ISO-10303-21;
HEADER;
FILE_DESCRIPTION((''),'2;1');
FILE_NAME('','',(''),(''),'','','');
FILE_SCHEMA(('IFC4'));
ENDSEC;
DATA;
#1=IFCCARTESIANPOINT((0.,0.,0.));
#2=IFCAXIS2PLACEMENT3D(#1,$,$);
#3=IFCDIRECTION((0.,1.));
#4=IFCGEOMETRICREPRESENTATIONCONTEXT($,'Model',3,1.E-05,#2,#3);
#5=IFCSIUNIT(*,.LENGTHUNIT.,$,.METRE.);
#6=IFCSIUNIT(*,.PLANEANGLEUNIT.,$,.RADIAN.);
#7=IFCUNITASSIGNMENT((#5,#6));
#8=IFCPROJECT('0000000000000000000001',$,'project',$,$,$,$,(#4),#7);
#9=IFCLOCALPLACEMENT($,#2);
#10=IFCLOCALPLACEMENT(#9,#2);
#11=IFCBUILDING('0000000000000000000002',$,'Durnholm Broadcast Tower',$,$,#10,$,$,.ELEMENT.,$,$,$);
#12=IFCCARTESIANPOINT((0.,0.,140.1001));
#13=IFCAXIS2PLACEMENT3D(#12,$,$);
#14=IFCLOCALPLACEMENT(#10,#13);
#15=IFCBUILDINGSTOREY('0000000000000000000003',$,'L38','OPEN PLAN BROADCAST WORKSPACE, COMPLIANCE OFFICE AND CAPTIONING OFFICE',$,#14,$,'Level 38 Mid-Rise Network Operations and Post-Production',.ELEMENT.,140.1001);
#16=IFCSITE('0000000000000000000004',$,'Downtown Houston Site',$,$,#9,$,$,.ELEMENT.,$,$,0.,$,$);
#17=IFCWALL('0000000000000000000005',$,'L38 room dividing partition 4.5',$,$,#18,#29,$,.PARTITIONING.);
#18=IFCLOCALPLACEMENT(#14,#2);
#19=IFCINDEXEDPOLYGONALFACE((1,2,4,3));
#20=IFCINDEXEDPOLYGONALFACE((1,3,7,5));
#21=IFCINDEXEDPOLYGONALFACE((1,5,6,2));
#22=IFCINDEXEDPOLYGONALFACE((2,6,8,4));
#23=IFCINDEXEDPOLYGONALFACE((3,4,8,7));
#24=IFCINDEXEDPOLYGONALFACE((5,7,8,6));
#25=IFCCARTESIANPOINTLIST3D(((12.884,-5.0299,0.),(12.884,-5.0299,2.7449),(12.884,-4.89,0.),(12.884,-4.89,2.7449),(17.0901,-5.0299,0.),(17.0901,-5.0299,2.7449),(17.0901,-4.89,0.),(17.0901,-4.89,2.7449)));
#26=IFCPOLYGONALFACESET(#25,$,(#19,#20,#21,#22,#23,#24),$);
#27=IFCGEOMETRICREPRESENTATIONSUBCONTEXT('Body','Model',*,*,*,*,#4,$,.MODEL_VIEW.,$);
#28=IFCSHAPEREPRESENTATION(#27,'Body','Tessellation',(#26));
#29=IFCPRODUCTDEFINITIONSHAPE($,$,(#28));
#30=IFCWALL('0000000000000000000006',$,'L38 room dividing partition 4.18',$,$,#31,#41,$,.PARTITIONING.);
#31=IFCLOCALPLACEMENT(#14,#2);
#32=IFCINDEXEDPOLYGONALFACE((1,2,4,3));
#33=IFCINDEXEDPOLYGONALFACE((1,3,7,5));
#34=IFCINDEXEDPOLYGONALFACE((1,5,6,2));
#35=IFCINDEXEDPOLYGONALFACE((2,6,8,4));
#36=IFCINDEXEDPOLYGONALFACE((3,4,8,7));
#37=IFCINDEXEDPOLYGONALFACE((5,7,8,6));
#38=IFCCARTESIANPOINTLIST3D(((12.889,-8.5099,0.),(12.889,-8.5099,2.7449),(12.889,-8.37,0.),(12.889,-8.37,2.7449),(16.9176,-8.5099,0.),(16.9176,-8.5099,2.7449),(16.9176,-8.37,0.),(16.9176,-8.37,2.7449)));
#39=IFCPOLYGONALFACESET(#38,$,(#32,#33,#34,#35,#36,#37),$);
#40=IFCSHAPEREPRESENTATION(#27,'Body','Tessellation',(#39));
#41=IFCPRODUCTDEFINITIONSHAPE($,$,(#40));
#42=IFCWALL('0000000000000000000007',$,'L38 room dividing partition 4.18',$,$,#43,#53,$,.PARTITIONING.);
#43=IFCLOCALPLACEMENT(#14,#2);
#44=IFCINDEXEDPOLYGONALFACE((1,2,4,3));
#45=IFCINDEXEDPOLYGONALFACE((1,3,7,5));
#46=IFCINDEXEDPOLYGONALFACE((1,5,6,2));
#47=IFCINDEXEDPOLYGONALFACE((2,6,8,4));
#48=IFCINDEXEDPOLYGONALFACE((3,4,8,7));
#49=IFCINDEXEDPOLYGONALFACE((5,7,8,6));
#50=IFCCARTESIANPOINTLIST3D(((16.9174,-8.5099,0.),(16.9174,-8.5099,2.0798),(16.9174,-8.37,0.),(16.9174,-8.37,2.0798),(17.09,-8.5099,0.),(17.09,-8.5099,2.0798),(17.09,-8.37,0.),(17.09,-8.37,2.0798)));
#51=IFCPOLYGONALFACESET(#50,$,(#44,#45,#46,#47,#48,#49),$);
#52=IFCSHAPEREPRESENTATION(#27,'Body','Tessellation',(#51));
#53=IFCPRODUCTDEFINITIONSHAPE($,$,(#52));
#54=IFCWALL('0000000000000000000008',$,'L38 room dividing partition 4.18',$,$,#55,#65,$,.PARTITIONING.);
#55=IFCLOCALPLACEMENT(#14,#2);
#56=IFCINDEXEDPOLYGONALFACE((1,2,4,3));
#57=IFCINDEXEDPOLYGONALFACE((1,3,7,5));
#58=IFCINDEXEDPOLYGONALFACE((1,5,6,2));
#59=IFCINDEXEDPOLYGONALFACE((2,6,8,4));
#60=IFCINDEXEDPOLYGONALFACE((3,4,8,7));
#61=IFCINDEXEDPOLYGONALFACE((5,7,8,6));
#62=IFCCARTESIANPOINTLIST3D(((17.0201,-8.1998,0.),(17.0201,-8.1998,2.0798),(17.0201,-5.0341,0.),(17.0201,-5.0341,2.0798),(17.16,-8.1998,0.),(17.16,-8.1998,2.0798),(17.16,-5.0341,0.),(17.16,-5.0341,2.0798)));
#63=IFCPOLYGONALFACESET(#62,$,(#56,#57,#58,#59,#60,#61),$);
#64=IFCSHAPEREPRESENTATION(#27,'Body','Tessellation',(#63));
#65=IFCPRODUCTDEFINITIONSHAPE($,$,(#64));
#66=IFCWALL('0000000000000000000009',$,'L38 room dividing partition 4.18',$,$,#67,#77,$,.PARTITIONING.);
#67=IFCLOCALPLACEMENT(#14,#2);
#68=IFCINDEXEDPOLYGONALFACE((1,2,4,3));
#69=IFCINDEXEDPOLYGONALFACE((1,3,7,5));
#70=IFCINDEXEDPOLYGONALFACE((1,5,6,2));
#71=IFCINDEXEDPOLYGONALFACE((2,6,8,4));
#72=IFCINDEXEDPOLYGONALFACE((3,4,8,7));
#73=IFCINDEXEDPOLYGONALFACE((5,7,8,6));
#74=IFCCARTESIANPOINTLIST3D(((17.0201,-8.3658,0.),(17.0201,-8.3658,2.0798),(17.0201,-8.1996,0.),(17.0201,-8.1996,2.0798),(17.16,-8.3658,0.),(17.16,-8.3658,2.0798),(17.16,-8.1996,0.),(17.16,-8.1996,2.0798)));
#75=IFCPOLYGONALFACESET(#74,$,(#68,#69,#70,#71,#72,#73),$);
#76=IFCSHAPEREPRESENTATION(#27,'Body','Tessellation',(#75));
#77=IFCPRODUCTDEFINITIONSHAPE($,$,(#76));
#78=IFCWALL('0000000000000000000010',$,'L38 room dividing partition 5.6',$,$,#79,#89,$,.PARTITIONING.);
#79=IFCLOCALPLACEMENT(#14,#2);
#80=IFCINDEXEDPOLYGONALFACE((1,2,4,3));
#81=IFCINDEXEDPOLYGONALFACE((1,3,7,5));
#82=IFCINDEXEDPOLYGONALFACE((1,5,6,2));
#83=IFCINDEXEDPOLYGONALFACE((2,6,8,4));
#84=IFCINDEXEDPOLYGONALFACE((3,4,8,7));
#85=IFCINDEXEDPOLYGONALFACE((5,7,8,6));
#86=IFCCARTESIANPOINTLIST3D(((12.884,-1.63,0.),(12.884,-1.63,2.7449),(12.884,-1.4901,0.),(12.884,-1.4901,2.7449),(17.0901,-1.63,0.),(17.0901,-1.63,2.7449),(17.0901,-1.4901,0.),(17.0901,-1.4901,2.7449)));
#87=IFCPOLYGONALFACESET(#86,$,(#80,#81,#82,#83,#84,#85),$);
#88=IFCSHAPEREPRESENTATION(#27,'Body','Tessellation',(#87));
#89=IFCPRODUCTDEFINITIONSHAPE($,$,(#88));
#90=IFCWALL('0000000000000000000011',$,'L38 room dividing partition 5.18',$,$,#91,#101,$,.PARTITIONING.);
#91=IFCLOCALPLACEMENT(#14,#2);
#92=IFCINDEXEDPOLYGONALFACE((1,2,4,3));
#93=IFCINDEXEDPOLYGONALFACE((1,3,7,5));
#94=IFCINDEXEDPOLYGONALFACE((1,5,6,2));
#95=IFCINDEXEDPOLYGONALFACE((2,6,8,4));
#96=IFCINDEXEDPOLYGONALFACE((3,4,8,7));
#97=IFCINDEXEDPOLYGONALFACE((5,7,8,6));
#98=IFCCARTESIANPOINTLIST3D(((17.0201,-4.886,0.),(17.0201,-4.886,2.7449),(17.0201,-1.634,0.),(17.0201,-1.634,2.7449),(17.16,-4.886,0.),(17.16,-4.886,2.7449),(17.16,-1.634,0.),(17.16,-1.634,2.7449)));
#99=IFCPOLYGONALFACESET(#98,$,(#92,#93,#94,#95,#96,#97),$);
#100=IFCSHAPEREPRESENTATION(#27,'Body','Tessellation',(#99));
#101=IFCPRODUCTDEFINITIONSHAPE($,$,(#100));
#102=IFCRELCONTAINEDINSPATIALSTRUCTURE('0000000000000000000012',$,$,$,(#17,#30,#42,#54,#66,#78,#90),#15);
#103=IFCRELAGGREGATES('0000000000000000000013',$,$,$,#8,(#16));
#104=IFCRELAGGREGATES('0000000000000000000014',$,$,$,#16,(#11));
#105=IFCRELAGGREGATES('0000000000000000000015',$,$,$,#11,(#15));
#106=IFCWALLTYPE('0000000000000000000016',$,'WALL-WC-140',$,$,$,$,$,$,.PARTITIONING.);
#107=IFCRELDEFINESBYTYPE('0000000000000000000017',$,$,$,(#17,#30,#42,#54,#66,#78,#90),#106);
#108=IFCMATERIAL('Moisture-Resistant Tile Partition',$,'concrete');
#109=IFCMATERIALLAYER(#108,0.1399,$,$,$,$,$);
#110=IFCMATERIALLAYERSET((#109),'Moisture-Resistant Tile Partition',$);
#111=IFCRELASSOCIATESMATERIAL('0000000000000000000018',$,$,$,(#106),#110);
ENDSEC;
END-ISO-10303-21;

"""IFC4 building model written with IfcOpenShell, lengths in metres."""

from ifc_helpers import new_model, si_unit, direction, frame, frame_2d, origin, place, context, subcontext, project, spatial, rectangle, extrude, material, layer, layer_set, type_object, element, save


model = new_model("IFC4")

# Units and contexts
model_context = context("Model", 3, precision=1e-05, world=origin(), true_north=direction((0.0, 1.0)))
body_context = subcontext(model_context, "Body", "Model", "MODEL_VIEW")
ifc_project = project(units=[si_unit("LENGTHUNIT", "METRE"), si_unit("PLANEANGLEUNIT", "RADIAN")], contexts=[model_context])

# Site, building, storey
site_placement = place(None, origin())
site = spatial("IfcSite", under=ifc_project, at=site_placement, Name="Downtown Houston Site", CompositionType="ELEMENT", RefElevation=0.0)
building_placement = place(site_placement, origin())
building = spatial("IfcBuilding", under=site, at=building_placement, Name="Durnholm Broadcast Tower", CompositionType="ELEMENT")
storey_placement = place(building_placement, frame((0.0, 0.0, 140.1001)))
storey = spatial("IfcBuildingStorey", under=building, at=storey_placement, Name="L38", Description="OPEN PLAN BROADCAST WORKSPACE, COMPLIANCE OFFICE AND CAPTIONING OFFICE", LongName="Level 38 Mid-Rise Network Operations and Post-Production", CompositionType="ELEMENT", Elevation=140.1001)

# Shared definitions
ifc_material_1 = material(Name="Moisture-Resistant Tile Partition", Category="concrete")
ifc_layer_1 = layer(ifc_material_1, 0.1399)
ifc_layer_set_1 = layer_set([ifc_layer_1], Name="Moisture-Resistant Tile Partition")
wall_type = type_object("IfcWallType", Name="WALL-WC-140", PredefinedType="PARTITIONING", material=ifc_layer_set_1)

# Walls
wall_1_placement = place(storey_placement, frame((12.884, -4.96, 0.0), z_axis=(0.0, 0.0, 1.0), x_axis=(1.0, 0.0, 0.0)))
element("IfcWall", 1, at=wall_1_placement, inside=storey, type_object=wall_type, Name="L38 room dividing partition 4.5", PredefinedType="PARTITIONING", context=body_context, shape_type="SweptSolid", body=[
    extrude(rectangle(XDim=4.2061, YDim=0.1399, at=frame_2d((2.103, 0.0))), origin(), (0.0, 0.0, 1.0), 2.7449),
])
wall_2_placement = place(storey_placement, frame((16.9175, -8.4399, 0.0), z_axis=(0.0, 0.0, 1.0), x_axis=(-1.0, 0.0, 0.0)))
element("IfcWall", 2, at=wall_2_placement, inside=storey, type_object=wall_type, Name="L38 room dividing partition 4.18", PredefinedType="PARTITIONING", context=body_context, shape_type="SweptSolid", body=[
    extrude(rectangle(XDim=4.0286, YDim=0.1399, at=frame_2d((2.0142, 0.0))), origin(), (0.0, 0.0, 1.0), 2.7449),
])
wall_3_placement = place(storey_placement, frame((17.0901, -8.4399, 0.0), z_axis=(0.0, 0.0, 1.0), x_axis=(-1.0, 0.0, 0.0)))
element("IfcWall", 3, at=wall_3_placement, inside=storey, type_object=wall_type, Name="L38 room dividing partition 4.18", PredefinedType="PARTITIONING", context=body_context, shape_type="SweptSolid", body=[
    extrude(rectangle(XDim=0.1726, YDim=0.1399, at=frame_2d((0.0864, 0.0))), origin(), (0.0, 0.0, 1.0), 2.0798),
])
wall_4_placement = place(storey_placement, frame((17.0901, -5.0339, 0.0), z_axis=(0.0, 0.0, 1.0), x_axis=(0.0, -1.0, 0.0)))
element("IfcWall", 4, at=wall_4_placement, inside=storey, type_object=wall_type, Name="L38 room dividing partition 4.18", PredefinedType="PARTITIONING", context=body_context, shape_type="SweptSolid", body=[
    extrude(rectangle(XDim=3.1658, YDim=0.1399, at=frame_2d((1.583, 0.0))), origin(), (0.0, 0.0, 1.0), 2.0798),
])
wall_5_placement = place(storey_placement, frame((17.0901, -8.1997, 0.0), z_axis=(0.0, 0.0, 1.0), x_axis=(0.0, -1.0, 0.0)))
element("IfcWall", 5, at=wall_5_placement, inside=storey, type_object=wall_type, Name="L38 room dividing partition 4.18", PredefinedType="PARTITIONING", context=body_context, shape_type="SweptSolid", body=[
    extrude(rectangle(XDim=0.1663, YDim=0.1399, at=frame_2d((0.083, 0.0))), origin(), (0.0, 0.0, 1.0), 2.0798),
])
wall_6_placement = place(storey_placement, frame((12.884, -1.5601, 0.0), z_axis=(0.0, 0.0, 1.0), x_axis=(1.0, 0.0, 0.0)))
element("IfcWall", 6, at=wall_6_placement, inside=storey, type_object=wall_type, Name="L38 room dividing partition 5.6", PredefinedType="PARTITIONING", context=body_context, shape_type="SweptSolid", body=[
    extrude(rectangle(XDim=4.2061, YDim=0.1399, at=frame_2d((2.103, 0.0))), origin(), (0.0, 0.0, 1.0), 2.7449),
])
wall_7_placement = place(storey_placement, frame((17.0901, -1.634, 0.0), z_axis=(0.0, 0.0, 1.0), x_axis=(0.0, -1.0, 0.0)))
element("IfcWall", 7, at=wall_7_placement, inside=storey, type_object=wall_type, Name="L38 room dividing partition 5.18", PredefinedType="PARTITIONING", context=body_context, shape_type="SweptSolid", body=[
    extrude(rectangle(XDim=3.252, YDim=0.1399, at=frame_2d((1.626, 0.0))), origin(), (0.0, 0.0, 1.0), 2.7449),
])

save(model, "model.ifc")
